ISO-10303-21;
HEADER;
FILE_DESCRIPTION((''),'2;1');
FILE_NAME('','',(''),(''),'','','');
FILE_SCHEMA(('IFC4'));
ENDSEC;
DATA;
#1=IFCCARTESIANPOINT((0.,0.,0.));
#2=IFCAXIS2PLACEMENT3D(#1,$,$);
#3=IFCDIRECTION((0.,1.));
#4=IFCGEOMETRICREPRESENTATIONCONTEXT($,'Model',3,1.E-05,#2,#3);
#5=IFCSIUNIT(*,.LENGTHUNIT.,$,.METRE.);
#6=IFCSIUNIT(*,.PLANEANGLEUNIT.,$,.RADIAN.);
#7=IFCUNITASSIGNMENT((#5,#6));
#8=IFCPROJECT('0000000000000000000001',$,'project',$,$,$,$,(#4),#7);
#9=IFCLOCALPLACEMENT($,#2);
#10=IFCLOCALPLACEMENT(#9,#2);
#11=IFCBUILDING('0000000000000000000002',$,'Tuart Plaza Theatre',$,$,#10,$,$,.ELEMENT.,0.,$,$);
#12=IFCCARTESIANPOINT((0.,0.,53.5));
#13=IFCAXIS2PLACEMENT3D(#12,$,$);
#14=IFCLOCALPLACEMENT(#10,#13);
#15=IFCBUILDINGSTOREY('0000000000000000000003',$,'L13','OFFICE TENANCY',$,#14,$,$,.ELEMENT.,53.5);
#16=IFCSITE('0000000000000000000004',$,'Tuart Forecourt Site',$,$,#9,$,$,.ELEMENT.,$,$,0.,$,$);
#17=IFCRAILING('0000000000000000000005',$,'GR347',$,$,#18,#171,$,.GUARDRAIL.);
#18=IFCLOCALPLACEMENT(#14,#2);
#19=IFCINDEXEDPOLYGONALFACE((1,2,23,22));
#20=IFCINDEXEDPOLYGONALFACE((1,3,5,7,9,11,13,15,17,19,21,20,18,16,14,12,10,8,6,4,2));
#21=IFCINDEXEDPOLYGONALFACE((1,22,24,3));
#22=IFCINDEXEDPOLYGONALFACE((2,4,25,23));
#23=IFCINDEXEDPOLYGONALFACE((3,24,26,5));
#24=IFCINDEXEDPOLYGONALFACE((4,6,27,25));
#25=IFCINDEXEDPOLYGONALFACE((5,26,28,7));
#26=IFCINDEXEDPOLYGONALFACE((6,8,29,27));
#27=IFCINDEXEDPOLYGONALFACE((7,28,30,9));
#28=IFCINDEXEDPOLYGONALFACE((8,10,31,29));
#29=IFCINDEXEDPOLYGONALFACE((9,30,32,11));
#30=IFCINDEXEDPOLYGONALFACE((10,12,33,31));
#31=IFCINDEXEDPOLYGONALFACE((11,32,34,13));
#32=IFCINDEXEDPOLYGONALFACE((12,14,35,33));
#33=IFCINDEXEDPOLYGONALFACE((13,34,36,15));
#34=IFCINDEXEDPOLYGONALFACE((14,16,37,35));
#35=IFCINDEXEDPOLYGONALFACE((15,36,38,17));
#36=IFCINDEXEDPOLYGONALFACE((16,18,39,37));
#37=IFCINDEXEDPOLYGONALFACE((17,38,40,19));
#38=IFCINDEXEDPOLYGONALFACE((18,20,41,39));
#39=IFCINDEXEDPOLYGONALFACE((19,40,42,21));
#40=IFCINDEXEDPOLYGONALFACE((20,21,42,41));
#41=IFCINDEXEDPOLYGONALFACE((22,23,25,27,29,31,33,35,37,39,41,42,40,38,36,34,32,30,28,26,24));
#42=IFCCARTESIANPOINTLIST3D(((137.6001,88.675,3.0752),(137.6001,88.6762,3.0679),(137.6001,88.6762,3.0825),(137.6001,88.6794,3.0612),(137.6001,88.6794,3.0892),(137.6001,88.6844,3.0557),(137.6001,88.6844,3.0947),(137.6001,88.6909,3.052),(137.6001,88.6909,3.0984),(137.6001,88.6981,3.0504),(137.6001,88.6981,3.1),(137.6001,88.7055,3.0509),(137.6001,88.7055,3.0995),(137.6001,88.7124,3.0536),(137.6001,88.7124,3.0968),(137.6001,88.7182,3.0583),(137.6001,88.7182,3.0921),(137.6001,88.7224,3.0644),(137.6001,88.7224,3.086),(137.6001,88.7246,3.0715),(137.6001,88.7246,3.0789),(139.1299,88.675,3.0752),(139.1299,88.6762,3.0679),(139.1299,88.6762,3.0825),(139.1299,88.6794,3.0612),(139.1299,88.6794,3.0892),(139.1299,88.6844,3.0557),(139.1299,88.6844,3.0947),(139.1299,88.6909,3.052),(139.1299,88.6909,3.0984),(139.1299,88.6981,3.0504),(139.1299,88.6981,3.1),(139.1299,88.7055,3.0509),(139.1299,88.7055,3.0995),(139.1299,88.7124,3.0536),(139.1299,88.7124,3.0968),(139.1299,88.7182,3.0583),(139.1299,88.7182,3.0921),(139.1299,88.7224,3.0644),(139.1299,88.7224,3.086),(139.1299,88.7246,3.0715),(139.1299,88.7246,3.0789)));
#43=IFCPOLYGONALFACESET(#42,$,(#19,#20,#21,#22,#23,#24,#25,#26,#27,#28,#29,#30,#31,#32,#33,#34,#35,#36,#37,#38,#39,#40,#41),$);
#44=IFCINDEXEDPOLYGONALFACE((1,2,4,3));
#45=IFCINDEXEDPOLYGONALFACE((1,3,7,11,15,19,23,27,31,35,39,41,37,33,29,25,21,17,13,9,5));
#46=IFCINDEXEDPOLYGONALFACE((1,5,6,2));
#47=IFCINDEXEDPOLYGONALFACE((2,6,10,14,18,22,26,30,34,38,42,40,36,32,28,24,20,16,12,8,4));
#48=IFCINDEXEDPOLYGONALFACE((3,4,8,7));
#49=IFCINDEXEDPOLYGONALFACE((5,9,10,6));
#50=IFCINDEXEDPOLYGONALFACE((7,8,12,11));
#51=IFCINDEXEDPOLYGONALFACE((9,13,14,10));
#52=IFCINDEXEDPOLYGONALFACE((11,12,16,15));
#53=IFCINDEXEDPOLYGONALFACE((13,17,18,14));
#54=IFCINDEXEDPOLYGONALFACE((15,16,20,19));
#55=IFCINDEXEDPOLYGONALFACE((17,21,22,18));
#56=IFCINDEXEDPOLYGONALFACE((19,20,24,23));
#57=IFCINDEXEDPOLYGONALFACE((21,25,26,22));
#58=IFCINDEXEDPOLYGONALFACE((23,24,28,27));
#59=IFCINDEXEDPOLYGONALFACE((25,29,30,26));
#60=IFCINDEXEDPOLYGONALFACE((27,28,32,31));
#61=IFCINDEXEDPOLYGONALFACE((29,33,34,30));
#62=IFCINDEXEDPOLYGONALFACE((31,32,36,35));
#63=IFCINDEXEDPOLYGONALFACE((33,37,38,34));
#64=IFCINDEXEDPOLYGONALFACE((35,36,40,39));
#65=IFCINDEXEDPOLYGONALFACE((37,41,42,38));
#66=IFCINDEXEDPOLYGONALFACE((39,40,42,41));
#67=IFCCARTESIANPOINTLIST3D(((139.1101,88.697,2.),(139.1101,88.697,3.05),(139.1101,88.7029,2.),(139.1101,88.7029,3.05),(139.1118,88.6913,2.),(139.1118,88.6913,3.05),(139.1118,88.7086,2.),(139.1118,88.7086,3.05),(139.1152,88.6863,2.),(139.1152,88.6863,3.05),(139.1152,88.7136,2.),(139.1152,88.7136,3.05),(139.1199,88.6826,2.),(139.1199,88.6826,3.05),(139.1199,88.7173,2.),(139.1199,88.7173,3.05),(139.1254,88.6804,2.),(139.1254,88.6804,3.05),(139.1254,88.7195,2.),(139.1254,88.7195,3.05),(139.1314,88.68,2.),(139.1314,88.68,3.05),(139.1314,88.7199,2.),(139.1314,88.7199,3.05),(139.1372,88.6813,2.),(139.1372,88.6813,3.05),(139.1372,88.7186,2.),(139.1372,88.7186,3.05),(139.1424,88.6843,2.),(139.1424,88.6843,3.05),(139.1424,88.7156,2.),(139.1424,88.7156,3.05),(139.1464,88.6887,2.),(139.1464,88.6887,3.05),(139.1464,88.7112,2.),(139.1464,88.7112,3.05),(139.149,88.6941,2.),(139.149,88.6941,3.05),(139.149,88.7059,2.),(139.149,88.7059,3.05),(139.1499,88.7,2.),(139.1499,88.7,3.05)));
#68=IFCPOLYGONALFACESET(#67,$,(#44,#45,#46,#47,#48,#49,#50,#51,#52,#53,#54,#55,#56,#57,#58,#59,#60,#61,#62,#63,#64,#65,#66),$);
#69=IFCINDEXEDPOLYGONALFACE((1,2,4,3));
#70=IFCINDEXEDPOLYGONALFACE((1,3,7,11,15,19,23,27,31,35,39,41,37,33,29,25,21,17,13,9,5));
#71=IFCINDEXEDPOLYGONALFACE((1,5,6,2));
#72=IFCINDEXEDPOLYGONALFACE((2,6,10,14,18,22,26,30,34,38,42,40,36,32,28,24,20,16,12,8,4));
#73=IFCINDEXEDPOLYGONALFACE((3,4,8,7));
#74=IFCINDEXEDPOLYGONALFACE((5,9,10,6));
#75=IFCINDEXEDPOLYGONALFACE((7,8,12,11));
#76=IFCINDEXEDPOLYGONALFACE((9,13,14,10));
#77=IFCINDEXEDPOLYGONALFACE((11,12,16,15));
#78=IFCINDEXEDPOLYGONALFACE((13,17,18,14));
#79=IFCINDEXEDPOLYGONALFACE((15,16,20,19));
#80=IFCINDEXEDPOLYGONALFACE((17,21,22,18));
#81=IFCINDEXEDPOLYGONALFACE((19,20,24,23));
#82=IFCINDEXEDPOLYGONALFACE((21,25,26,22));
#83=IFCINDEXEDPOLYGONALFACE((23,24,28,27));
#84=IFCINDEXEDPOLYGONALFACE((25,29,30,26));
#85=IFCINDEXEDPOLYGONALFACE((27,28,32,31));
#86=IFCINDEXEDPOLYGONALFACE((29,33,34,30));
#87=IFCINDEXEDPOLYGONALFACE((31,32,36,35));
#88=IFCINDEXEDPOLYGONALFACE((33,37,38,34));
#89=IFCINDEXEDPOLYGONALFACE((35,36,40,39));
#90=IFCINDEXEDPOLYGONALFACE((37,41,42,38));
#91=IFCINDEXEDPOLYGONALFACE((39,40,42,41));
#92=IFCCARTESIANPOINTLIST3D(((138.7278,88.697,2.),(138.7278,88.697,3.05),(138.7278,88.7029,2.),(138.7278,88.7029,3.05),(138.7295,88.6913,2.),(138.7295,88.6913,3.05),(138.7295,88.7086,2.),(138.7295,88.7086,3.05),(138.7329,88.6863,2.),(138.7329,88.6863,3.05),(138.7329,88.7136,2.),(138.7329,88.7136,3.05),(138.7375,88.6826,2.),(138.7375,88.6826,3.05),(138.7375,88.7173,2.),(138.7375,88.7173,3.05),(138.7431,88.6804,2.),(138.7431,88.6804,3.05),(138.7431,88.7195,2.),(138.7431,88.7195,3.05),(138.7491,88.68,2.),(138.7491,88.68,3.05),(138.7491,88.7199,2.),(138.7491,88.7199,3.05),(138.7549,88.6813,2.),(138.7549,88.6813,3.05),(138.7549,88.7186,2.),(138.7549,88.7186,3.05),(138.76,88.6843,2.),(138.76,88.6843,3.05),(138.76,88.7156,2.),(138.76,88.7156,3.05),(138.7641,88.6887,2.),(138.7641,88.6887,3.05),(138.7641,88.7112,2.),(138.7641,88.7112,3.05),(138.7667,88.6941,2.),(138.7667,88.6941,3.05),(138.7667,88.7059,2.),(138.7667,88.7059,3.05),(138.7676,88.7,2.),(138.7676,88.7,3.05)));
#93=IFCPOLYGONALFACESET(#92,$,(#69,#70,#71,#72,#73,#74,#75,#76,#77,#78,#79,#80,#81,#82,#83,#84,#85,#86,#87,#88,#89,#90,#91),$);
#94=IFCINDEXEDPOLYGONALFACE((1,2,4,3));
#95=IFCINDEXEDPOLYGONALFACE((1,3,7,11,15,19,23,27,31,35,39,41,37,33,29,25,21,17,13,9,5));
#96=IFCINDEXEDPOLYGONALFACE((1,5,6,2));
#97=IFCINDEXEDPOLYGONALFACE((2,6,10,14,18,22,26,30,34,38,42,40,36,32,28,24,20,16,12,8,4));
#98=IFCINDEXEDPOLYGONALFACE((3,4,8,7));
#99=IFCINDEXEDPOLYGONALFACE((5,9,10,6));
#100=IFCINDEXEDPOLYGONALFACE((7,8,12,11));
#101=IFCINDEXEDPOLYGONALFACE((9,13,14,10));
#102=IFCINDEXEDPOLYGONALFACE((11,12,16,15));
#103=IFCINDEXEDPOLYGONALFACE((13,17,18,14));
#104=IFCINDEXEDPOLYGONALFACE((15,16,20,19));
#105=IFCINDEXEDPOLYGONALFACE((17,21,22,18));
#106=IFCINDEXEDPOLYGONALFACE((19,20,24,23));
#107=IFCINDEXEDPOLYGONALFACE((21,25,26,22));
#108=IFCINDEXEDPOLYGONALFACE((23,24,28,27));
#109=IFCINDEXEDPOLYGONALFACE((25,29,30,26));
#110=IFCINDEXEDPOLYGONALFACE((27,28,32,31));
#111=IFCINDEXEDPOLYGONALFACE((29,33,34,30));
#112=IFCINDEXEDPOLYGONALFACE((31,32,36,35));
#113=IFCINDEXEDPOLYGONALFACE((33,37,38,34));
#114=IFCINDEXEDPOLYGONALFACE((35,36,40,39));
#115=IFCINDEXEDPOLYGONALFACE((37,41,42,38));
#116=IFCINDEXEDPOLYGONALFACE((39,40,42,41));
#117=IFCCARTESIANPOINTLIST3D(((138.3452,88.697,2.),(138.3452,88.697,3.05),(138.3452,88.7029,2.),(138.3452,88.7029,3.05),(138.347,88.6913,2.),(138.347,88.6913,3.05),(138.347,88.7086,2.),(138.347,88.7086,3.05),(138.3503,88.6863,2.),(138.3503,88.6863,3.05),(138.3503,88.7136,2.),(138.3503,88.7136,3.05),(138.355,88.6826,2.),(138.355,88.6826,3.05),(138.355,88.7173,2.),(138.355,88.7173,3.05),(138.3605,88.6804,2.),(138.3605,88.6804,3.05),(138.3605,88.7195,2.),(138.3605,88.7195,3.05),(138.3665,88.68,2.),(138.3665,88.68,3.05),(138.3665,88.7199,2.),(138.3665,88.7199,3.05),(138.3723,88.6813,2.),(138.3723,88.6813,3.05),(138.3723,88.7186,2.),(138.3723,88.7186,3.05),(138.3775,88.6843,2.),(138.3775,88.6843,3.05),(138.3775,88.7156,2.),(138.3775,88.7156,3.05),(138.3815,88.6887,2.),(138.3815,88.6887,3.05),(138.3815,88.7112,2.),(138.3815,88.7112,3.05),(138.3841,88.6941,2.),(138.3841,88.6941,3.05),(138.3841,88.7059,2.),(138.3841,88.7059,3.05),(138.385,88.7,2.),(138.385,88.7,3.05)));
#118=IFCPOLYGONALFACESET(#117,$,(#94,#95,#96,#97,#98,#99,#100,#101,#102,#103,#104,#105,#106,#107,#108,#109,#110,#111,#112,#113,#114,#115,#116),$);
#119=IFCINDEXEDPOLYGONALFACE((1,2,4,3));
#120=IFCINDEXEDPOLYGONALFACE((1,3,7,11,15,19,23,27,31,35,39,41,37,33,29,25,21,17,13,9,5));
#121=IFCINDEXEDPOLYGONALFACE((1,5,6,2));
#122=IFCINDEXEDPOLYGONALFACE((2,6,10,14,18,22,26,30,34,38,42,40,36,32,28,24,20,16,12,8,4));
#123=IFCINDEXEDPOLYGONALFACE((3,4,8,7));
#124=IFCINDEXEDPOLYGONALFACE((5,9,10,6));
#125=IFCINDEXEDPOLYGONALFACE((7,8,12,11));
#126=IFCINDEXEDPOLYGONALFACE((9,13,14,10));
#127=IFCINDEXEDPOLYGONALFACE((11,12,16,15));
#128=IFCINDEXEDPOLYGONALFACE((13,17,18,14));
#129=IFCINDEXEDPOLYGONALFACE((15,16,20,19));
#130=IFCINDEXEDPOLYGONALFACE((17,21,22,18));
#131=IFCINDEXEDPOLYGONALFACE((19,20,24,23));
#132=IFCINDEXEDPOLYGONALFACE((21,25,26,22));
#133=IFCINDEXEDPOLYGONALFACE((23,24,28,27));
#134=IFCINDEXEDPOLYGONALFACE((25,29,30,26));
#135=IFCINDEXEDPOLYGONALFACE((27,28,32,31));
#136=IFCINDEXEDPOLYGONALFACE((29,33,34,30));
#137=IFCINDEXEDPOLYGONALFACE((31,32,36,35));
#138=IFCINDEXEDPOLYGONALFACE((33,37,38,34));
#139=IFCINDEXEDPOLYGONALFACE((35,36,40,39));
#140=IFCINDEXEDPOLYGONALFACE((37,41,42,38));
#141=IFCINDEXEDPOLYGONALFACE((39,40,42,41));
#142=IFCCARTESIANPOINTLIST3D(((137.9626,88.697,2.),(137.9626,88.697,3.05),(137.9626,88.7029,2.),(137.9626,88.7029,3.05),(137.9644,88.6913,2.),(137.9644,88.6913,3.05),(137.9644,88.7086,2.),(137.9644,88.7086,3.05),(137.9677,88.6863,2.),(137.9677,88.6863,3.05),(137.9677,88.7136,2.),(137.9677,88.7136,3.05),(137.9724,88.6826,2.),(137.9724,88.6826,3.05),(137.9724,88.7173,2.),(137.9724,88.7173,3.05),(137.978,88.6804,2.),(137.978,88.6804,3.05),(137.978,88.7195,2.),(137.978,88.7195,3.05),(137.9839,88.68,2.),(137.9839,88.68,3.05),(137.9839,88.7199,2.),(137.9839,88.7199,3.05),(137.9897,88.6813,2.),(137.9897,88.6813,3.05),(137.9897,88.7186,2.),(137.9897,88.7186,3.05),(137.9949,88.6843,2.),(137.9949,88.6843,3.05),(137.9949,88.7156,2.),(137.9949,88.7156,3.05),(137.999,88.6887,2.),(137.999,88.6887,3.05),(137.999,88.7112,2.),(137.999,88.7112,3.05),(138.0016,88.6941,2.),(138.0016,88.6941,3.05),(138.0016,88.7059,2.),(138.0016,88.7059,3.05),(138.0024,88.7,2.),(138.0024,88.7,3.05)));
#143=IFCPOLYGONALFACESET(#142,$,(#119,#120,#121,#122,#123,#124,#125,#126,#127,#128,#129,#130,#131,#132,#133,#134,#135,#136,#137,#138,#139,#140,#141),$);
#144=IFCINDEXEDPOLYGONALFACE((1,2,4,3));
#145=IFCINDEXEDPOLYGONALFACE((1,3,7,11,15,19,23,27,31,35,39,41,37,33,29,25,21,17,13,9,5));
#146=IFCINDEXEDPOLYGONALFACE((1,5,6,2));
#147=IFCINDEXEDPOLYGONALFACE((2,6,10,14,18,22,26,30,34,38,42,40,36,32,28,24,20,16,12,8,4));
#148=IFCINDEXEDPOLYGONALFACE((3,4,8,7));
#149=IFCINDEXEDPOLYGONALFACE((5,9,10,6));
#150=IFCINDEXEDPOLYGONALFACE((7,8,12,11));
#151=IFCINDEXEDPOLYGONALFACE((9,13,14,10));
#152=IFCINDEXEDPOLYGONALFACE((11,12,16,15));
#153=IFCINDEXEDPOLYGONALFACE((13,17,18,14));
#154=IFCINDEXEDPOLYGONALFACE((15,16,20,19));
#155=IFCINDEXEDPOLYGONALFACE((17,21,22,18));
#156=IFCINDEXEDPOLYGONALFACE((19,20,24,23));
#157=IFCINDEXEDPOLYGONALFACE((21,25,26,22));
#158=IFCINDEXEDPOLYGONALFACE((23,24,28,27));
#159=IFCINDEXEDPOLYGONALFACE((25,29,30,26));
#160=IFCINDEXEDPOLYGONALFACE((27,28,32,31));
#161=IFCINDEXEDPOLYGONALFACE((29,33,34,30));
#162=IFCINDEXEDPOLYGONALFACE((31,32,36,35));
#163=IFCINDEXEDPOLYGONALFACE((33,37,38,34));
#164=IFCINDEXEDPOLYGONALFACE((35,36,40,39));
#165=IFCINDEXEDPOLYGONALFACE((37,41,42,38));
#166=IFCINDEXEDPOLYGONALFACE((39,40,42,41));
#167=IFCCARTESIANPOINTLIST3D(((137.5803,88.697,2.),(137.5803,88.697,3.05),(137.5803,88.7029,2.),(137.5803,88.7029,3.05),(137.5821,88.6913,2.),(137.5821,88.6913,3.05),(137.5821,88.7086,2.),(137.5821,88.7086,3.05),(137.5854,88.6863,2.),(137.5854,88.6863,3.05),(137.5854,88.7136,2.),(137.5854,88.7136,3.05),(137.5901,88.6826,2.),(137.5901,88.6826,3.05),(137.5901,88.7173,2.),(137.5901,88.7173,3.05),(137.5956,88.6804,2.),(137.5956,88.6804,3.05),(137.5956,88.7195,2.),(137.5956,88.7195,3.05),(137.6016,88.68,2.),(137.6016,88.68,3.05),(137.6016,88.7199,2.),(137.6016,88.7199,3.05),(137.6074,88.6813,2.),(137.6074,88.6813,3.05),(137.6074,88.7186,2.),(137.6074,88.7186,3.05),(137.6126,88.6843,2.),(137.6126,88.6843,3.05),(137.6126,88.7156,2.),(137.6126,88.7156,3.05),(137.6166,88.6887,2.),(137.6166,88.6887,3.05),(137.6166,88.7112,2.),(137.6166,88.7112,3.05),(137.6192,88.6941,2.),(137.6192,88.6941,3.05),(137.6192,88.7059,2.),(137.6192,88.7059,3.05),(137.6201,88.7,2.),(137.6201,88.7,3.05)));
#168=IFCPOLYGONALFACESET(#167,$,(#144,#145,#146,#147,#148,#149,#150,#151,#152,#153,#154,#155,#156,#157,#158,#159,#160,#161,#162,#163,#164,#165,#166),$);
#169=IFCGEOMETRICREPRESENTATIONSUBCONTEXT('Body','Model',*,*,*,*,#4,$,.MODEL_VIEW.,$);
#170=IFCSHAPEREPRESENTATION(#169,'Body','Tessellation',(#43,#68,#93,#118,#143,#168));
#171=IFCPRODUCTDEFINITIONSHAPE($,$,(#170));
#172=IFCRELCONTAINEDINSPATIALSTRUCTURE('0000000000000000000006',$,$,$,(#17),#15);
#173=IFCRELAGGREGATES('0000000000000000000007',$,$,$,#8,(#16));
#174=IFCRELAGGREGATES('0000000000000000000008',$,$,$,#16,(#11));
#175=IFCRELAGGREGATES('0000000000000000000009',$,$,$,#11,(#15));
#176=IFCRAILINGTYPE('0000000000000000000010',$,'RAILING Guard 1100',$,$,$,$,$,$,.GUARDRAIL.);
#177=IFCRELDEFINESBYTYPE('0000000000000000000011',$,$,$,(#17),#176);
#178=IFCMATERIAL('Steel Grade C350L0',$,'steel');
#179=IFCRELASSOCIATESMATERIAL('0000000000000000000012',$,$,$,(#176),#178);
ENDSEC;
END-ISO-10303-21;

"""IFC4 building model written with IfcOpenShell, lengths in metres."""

from ifc_helpers import new_model, si_unit, direction, frame, origin, origin_2d, place, context, subcontext, project, spatial, circle, extrude, material, type_object, element, save


model = new_model("IFC4")

# Units and contexts
model_context = context("Model", 3, precision=1e-05, world=origin(), true_north=direction((0.0, 1.0)))
body_context = subcontext(model_context, "Body", "Model", "MODEL_VIEW")
ifc_project = project(units=[si_unit("LENGTHUNIT", "METRE"), si_unit("PLANEANGLEUNIT", "RADIAN")], contexts=[model_context])

# Site, building, storey
site_placement = place(None, origin())
site = spatial("IfcSite", under=ifc_project, at=site_placement, Name="Tuart Forecourt Site", CompositionType="ELEMENT", RefElevation=0.0)
building_placement = place(site_placement, origin())
building = spatial("IfcBuilding", under=site, at=building_placement, Name="Tuart Plaza Theatre", CompositionType="ELEMENT", ElevationOfRefHeight=0.0)
storey_placement = place(building_placement, frame((0.0, 0.0, 53.5)))
storey = spatial("IfcBuildingStorey", under=building, at=storey_placement, Name="L13", Description="OFFICE TENANCY", CompositionType="ELEMENT", Elevation=53.5)

# Railing
ifc_material_1 = material(Name="Steel Grade C350L0", Category="steel")
railing_type_1 = type_object("IfcRailingType", Name="RAILING Guard 1100", PredefinedType="GUARDRAIL", material=ifc_material_1)
railing_1_placement = place(storey_placement, frame((139.1299, 88.7, 2.0)))
element("IfcRailing", 1, at=railing_1_placement, inside=storey, type_object=railing_type_1, Name="GR347", PredefinedType="GUARDRAIL", context=body_context, shape_type="SweptSolid", body=[
    extrude(circle(Radius=0.0249, at=origin_2d()), frame((0.0, 0.0, 1.0752), z_axis=(-1.0, 0.0, 0.0), x_axis=(0.0, -1.0, 0.0)), (0.0, 0.0, 1.0), 1.5298),
    extrude(circle(Radius=0.02, at=origin_2d()), origin(), (0.0, 0.0, 1.0), 1.05),
    extrude(circle(Radius=0.02, at=origin_2d()), frame((-0.3823, 0.0, 0.0)), (0.0, 0.0, 1.0), 1.05),
    extrude(circle(Radius=0.02, at=origin_2d()), frame((-0.7649, 0.0, 0.0)), (0.0, 0.0, 1.0), 1.05),
    extrude(circle(Radius=0.02, at=origin_2d()), frame((-1.1475, 0.0, 0.0)), (0.0, 0.0, 1.0), 1.05),
    extrude(circle(Radius=0.02, at=origin_2d()), frame((-1.5298, 0.0, 0.0)), (0.0, 0.0, 1.0), 1.05),
])

save(model, "model.ifc")
